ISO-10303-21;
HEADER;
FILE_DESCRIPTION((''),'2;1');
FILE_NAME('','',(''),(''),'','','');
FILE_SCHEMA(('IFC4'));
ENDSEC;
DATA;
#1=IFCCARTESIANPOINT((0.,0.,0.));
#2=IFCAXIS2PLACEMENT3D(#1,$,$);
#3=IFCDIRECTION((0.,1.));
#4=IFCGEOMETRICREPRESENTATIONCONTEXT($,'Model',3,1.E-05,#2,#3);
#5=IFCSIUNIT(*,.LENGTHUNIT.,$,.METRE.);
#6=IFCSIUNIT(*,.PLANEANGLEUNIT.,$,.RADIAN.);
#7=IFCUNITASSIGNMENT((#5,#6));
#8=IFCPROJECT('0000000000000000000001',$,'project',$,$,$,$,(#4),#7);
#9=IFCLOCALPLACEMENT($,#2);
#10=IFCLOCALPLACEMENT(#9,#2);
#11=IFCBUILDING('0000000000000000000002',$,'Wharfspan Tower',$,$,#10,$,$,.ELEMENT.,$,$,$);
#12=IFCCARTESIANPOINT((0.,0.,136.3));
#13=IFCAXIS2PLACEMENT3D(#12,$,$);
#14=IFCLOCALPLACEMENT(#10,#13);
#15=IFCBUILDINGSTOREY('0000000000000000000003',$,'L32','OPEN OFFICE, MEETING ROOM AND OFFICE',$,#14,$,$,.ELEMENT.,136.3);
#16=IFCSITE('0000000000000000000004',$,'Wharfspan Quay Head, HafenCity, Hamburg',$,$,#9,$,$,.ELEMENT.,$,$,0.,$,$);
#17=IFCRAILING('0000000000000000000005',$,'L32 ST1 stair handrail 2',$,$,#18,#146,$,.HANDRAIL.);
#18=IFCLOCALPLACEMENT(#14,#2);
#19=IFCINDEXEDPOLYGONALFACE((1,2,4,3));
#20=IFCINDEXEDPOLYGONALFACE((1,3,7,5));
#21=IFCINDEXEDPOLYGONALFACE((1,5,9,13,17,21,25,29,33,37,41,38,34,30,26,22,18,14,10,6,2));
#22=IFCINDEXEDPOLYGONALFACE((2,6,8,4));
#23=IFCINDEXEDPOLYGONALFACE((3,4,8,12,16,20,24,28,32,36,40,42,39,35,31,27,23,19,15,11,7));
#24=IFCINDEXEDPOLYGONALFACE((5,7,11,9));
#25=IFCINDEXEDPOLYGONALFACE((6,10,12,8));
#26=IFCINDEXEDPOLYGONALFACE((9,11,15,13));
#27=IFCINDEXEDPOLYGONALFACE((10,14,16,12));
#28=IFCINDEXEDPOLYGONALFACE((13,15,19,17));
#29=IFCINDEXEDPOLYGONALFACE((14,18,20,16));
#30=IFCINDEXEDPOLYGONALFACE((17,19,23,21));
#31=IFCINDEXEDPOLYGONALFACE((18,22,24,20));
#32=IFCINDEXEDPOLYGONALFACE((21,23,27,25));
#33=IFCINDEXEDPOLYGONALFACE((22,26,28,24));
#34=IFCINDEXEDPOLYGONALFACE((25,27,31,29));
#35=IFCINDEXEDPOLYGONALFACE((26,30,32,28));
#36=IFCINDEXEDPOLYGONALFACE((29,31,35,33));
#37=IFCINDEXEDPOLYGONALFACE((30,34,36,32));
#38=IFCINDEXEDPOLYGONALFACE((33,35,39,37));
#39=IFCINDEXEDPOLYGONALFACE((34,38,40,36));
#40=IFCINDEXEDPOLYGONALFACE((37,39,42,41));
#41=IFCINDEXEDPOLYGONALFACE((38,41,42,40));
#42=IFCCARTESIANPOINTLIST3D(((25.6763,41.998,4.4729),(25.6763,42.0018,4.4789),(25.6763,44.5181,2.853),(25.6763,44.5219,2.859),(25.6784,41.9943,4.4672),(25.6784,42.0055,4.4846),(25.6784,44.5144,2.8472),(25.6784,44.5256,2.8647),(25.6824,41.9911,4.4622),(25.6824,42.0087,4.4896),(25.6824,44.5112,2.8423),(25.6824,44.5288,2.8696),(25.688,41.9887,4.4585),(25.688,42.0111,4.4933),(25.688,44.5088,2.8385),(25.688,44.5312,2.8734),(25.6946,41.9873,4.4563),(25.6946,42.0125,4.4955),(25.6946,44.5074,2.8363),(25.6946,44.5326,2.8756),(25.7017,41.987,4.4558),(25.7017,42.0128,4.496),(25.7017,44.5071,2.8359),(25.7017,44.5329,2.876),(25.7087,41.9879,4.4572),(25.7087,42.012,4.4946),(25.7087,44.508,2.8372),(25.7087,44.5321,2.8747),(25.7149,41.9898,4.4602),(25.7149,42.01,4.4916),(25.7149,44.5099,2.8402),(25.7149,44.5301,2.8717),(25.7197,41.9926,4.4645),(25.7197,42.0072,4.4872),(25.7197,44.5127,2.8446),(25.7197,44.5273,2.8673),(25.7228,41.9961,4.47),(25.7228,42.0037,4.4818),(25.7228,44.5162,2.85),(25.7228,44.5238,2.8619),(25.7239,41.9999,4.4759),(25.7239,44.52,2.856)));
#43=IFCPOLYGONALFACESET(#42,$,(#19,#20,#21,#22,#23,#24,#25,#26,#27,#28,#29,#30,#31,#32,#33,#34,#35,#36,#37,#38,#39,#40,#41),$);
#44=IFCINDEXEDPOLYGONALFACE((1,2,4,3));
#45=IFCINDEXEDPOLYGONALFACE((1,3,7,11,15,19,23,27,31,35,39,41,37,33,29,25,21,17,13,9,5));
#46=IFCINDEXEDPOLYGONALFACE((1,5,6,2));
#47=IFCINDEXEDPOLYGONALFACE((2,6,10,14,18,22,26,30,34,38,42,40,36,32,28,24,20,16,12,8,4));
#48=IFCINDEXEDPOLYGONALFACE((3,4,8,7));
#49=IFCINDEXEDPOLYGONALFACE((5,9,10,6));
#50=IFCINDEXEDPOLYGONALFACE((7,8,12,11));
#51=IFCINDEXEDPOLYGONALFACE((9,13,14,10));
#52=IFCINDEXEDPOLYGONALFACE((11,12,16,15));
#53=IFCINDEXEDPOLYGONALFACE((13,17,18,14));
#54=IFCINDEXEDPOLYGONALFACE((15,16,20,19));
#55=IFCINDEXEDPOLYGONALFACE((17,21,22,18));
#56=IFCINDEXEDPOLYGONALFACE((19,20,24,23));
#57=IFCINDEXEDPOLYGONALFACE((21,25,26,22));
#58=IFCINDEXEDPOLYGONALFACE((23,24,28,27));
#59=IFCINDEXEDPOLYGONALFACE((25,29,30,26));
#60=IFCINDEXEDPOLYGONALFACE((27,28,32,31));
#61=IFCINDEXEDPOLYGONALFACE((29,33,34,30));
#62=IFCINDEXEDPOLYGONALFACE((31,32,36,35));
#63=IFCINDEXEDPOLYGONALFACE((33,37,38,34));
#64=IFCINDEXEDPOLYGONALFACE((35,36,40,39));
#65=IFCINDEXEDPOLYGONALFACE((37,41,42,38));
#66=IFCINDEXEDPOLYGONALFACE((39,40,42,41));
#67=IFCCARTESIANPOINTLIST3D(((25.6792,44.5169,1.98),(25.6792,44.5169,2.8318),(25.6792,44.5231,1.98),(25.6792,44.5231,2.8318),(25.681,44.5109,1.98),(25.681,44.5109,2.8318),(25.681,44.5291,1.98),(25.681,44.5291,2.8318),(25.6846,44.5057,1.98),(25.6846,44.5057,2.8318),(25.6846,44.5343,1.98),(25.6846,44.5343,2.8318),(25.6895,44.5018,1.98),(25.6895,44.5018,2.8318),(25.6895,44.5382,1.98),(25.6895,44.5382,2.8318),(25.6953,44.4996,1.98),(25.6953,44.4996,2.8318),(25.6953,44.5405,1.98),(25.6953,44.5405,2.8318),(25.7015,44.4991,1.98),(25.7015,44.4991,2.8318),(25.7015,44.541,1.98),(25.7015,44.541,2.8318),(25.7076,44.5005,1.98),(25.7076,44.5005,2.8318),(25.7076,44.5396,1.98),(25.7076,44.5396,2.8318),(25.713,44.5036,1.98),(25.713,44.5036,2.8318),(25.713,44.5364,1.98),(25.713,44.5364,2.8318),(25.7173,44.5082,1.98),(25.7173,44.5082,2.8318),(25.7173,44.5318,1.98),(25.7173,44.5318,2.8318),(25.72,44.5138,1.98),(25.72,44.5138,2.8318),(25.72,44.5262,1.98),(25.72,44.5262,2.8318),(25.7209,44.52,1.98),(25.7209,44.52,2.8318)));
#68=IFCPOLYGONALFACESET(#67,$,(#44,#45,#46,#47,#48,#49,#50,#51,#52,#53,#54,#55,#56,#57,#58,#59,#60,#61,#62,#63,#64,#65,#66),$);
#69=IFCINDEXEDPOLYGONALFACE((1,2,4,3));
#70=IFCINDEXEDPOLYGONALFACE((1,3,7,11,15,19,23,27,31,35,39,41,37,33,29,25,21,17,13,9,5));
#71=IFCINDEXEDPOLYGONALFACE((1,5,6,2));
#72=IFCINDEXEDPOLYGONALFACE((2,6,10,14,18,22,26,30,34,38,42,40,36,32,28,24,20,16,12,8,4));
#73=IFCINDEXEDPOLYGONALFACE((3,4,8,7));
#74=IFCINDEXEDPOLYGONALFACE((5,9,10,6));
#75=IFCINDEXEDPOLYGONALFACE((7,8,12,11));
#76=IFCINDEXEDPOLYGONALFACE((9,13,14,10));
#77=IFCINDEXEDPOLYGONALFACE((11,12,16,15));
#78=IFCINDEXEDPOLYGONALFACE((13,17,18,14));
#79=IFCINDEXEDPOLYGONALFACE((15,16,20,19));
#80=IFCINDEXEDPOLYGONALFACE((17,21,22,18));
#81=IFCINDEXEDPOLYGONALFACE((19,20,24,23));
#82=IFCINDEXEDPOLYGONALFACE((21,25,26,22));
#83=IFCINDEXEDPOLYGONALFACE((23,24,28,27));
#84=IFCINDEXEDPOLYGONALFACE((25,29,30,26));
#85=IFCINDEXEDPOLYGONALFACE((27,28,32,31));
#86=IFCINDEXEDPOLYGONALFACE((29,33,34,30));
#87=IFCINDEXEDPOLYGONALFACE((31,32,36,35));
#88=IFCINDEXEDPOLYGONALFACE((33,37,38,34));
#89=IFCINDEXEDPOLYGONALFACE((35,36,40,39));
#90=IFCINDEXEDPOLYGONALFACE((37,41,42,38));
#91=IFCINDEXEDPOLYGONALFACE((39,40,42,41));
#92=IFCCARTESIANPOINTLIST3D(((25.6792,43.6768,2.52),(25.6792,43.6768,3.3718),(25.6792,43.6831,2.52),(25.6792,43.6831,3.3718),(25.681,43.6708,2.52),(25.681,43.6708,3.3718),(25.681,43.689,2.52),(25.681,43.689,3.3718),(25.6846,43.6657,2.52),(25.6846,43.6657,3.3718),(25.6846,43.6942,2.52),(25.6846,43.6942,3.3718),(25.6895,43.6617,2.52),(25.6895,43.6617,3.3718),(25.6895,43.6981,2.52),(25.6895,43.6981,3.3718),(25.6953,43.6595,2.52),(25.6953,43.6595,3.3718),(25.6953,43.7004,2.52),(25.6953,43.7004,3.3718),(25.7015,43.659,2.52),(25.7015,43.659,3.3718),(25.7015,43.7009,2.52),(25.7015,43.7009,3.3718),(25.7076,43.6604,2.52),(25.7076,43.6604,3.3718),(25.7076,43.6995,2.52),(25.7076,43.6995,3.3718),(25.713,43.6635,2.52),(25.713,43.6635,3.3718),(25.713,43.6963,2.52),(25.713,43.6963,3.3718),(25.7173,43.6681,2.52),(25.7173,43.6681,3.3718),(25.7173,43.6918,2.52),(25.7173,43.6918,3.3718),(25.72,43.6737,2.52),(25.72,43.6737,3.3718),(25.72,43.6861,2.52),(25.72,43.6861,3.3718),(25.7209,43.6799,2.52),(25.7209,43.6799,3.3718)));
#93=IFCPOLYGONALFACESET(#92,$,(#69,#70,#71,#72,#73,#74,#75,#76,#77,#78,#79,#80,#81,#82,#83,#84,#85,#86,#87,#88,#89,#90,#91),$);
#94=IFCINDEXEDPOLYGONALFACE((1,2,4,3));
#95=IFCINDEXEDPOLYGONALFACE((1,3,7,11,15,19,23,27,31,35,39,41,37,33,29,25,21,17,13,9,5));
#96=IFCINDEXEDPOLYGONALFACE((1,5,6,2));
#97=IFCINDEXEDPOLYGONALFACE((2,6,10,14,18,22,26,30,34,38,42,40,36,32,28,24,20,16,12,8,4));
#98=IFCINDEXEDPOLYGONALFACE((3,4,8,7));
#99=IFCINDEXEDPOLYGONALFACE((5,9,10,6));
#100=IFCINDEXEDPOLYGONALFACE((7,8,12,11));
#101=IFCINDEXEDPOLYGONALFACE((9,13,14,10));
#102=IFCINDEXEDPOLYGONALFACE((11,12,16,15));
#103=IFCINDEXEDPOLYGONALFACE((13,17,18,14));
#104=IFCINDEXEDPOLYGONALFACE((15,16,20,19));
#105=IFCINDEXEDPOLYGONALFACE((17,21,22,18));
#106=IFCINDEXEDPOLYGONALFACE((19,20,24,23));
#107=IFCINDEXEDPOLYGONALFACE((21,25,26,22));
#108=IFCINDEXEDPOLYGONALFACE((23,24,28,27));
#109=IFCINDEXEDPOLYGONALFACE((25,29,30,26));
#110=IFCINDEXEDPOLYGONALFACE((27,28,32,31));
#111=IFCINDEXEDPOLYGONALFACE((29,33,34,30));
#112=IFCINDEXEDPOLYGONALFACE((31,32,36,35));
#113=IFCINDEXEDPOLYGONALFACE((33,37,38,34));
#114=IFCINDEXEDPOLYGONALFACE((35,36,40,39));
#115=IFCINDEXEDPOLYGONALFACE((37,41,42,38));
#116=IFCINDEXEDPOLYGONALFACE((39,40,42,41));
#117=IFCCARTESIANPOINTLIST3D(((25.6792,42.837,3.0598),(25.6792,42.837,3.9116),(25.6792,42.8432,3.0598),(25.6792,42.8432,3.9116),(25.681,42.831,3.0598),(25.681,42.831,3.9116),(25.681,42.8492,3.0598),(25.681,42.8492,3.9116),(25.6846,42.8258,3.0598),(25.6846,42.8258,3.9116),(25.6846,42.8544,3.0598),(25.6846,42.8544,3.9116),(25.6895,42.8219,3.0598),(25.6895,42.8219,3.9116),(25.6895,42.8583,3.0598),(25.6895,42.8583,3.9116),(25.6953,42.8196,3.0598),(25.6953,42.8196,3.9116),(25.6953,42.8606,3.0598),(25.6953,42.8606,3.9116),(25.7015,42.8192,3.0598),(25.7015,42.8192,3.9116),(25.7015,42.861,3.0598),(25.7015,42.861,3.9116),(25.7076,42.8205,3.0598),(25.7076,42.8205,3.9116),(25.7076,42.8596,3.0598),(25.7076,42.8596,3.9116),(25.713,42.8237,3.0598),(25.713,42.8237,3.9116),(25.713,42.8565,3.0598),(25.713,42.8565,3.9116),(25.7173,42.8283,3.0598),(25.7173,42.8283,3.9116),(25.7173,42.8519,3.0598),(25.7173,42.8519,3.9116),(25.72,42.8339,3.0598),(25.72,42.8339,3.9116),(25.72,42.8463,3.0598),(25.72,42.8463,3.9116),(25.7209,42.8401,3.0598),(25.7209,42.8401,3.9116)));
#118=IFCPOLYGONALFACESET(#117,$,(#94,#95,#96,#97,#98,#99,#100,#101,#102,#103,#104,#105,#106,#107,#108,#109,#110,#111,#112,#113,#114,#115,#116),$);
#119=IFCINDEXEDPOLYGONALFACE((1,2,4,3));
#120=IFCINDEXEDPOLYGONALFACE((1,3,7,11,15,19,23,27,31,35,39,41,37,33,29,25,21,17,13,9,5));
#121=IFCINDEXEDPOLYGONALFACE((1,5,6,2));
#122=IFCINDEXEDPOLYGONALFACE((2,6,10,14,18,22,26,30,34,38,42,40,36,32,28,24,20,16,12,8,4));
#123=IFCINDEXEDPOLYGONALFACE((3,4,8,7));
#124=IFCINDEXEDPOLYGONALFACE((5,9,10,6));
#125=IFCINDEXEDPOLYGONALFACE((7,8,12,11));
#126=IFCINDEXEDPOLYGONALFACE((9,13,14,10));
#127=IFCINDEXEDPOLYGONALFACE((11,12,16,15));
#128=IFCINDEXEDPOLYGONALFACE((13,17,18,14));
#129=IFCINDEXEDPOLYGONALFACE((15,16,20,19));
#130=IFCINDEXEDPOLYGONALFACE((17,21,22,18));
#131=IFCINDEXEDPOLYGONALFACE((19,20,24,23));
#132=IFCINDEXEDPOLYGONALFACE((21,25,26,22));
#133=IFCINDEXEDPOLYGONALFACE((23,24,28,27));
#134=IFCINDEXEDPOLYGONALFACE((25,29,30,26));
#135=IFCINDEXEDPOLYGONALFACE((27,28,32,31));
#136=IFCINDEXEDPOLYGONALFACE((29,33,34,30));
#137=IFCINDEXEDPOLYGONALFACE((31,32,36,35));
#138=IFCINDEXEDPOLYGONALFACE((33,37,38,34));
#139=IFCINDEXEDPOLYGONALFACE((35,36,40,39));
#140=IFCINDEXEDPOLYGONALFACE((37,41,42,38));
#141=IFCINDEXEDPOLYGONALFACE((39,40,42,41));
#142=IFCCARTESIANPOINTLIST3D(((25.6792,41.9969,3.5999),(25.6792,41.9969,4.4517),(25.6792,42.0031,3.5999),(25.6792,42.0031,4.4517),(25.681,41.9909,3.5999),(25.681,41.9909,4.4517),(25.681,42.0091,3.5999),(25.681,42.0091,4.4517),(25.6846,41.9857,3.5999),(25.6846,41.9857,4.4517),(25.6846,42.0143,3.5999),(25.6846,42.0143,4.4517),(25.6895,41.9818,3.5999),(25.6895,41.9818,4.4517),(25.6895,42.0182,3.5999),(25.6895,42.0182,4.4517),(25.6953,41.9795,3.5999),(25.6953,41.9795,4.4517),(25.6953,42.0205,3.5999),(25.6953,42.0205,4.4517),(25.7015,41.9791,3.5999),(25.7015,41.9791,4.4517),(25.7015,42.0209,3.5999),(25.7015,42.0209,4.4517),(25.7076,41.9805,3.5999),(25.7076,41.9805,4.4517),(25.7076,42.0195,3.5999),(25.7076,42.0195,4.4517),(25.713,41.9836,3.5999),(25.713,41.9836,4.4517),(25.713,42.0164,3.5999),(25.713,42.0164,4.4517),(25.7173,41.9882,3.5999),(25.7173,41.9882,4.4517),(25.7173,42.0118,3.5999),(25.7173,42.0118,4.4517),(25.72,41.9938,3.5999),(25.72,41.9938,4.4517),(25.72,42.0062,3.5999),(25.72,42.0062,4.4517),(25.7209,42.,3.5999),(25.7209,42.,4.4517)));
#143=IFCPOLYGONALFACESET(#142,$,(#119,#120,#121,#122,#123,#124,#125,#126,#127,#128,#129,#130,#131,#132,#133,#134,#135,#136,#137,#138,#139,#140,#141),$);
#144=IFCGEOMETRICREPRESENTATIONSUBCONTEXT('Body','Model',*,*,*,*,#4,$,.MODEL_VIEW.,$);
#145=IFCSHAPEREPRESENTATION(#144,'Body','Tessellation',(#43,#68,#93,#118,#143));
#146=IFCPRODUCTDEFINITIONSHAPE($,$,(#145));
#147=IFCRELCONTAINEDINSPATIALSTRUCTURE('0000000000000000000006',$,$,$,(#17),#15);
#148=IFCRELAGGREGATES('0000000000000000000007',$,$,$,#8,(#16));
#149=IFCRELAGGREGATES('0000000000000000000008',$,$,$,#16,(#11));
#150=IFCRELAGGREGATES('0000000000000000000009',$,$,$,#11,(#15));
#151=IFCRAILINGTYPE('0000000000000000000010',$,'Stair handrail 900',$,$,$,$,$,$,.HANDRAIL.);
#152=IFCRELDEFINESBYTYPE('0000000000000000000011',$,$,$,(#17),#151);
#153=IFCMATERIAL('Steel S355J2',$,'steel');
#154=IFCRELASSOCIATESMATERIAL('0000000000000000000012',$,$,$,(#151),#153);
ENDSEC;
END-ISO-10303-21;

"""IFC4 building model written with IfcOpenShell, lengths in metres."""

from ifc_helpers import new_model, si_unit, direction, frame, origin, origin_2d, place, context, subcontext, project, spatial, circle, extrude, material, type_object, element, save


model = new_model("IFC4")

# Units and contexts
model_context = context("Model", 3, precision=1e-05, world=origin(), true_north=direction((0.0, 1.0)))
body_context = subcontext(model_context, "Body", "Model", "MODEL_VIEW")
ifc_project = project(units=[si_unit("LENGTHUNIT", "METRE"), si_unit("PLANEANGLEUNIT", "RADIAN")], contexts=[model_context])

# Site, building, storey
site_placement = place(None, origin())
site = spatial("IfcSite", under=ifc_project, at=site_placement, Name="Wharfspan Quay Head, HafenCity, Hamburg", CompositionType="ELEMENT", RefElevation=0.0)
building_placement = place(site_placement, origin())
building = spatial("IfcBuilding", under=site, at=building_placement, Name="Wharfspan Tower", CompositionType="ELEMENT")
storey_placement = place(building_placement, frame((0.0, 0.0, 136.3)))
storey = spatial("IfcBuildingStorey", under=building, at=storey_placement, Name="L32", Description="OPEN OFFICE, MEETING ROOM AND OFFICE", CompositionType="ELEMENT", Elevation=136.3)

# Shared definitions
ifc_material_1 = material(Name="Steel S355J2", Category="steel")

# Railing
railing_type_1 = type_object("IfcRailingType", Name="Stair handrail 900", PredefinedType="HANDRAIL", material=ifc_material_1)
railing_1_placement = place(storey_placement, frame((25.7, 44.52, 1.98)))
element("IfcRailing", 1, at=railing_1_placement, inside=storey, type_object=railing_type_1, Name="L32 ST1 stair handrail 2", PredefinedType="HANDRAIL", context=body_context, shape_type="SweptSolid", body=[
    extrude(circle(Radius=0.0239, at=origin_2d()), frame((0.0, 0.0, 0.876), z_axis=(0.0, -0.8412, 0.540725), x_axis=(1.0, 0.0, 0.0)), (0.0, 0.0, 1.0), 2.9958),
    extrude(circle(Radius=0.021, at=origin_2d()), origin(), (0.0, 0.0, 1.0), 0.8518),
    extrude(circle(Radius=0.021, at=origin_2d()), frame((0.0, -0.8401, 0.54)), (0.0, 0.0, 1.0), 0.8518),
    extrude(circle(Radius=0.021, at=origin_2d()), frame((0.0, -1.6799, 1.0798)), (0.0, 0.0, 1.0), 0.8518),
    extrude(circle(Radius=0.021, at=origin_2d()), frame((0.0, -2.52, 1.6199)), (0.0, 0.0, 1.0), 0.8518),
])

save(model, "model.ifc")
